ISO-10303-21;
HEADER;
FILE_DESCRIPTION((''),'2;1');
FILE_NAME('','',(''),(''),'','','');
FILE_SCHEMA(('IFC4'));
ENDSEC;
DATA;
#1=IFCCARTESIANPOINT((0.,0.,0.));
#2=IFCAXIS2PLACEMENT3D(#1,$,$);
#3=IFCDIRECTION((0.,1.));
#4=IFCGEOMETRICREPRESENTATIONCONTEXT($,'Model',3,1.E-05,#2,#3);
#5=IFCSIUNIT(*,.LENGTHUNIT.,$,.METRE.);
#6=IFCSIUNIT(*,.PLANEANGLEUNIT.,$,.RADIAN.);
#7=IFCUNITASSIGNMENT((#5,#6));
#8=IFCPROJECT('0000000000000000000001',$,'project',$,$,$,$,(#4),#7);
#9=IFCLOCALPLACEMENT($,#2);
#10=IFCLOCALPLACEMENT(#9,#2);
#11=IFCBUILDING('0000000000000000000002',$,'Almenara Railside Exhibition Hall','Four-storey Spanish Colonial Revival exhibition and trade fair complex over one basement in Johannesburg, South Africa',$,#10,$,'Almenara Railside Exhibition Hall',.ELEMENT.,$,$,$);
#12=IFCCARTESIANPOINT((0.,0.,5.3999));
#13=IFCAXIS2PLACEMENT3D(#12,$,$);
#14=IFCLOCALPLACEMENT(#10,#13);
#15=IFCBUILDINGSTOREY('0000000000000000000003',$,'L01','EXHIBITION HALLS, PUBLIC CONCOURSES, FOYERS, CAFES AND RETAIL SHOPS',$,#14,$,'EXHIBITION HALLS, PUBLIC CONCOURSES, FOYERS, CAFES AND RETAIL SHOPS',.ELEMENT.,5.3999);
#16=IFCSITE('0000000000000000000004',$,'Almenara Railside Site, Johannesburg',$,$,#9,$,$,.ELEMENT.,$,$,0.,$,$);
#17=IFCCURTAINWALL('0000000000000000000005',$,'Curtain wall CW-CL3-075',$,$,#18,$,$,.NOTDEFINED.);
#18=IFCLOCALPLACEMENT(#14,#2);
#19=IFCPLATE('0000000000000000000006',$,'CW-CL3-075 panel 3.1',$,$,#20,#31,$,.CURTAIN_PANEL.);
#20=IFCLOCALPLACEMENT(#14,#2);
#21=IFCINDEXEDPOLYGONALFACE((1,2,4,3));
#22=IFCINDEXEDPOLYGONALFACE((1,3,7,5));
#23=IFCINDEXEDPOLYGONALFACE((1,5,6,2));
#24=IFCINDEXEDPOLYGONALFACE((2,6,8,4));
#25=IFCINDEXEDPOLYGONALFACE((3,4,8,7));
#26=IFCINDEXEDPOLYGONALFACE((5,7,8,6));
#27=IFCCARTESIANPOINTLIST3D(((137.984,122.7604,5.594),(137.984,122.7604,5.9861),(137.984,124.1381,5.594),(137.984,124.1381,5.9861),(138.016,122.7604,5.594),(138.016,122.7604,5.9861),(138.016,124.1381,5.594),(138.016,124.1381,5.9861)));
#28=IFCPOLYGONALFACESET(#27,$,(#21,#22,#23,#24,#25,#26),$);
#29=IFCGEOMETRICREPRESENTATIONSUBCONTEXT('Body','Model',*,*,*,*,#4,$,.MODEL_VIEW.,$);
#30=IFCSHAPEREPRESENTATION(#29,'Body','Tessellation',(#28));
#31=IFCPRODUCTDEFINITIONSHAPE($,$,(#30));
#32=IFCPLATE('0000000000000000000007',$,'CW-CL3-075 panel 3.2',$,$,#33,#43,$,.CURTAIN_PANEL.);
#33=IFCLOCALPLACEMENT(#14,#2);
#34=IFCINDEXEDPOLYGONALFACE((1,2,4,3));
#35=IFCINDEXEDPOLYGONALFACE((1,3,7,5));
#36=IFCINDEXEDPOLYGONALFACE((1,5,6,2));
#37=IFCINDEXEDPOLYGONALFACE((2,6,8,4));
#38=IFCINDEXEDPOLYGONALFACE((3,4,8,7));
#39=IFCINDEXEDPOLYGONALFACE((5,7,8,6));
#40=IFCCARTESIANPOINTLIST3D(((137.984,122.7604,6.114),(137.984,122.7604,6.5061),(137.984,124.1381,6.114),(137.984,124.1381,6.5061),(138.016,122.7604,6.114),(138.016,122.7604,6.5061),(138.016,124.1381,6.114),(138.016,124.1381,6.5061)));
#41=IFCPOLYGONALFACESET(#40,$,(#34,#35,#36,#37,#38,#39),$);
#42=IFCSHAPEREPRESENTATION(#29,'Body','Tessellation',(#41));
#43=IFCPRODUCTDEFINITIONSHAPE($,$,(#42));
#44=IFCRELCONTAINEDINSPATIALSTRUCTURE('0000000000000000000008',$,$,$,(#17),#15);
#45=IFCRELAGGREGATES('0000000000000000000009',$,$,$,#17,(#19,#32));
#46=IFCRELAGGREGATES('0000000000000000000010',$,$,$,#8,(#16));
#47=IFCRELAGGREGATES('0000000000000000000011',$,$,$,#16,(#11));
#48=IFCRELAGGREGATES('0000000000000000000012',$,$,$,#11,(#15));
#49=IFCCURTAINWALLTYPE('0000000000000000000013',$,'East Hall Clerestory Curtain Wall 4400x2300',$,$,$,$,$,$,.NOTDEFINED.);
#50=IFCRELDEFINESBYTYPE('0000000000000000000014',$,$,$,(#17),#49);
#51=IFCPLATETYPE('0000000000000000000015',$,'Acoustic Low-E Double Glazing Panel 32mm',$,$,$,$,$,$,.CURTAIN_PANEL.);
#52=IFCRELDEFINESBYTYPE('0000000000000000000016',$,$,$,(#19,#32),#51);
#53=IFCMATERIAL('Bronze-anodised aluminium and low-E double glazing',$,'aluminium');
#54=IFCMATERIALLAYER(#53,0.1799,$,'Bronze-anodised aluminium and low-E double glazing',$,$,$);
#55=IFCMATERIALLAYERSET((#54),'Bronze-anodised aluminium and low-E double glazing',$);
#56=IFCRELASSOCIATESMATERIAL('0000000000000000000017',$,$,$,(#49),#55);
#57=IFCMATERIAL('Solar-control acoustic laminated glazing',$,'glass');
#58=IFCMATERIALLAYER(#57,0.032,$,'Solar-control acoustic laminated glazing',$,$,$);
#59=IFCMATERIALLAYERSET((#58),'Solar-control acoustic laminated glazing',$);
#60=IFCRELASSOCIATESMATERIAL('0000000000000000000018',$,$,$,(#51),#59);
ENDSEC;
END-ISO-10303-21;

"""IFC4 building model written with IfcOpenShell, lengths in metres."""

from ifc_helpers import new_model, si_unit, direction, frame, origin, origin_2d, place, context, subcontext, project, spatial, rectangle, extrude, material, layer, layer_set, type_object, element, aggregate, save


model = new_model("IFC4")

# Units and contexts
model_context = context("Model", 3, precision=1e-05, world=origin(), true_north=direction((0.0, 1.0)))
body_context = subcontext(model_context, "Body", "Model", "MODEL_VIEW")
ifc_project = project(units=[si_unit("LENGTHUNIT", "METRE"), si_unit("PLANEANGLEUNIT", "RADIAN")], contexts=[model_context])

# Site, building, storey
site_placement = place(None, origin())
site = spatial("IfcSite", under=ifc_project, at=site_placement, Name="Almenara Railside Site, Johannesburg", CompositionType="ELEMENT", RefElevation=0.0)
building_placement = place(site_placement, origin())
building = spatial("IfcBuilding", under=site, at=building_placement, Name="Almenara Railside Exhibition Hall", Description="Four-storey Spanish Colonial Revival exhibition and trade fair complex over one basement in Johannesburg, South Africa", LongName="Almenara Railside Exhibition Hall", CompositionType="ELEMENT")
storey_placement = place(building_placement, frame((0.0, 0.0, 5.3999)))
storey = spatial("IfcBuildingStorey", under=building, at=storey_placement, Name="L01", Description="EXHIBITION HALLS, PUBLIC CONCOURSES, FOYERS, CAFES AND RETAIL SHOPS", LongName="EXHIBITION HALLS, PUBLIC CONCOURSES, FOYERS, CAFES AND RETAIL SHOPS", CompositionType="ELEMENT", Elevation=5.3999)

# Shared definitions
ifc_material_1 = material(Name="Bronze-anodised aluminium and low-E double glazing", Category="aluminium")
ifc_layer_1 = layer(ifc_material_1, 0.1799, Name="Bronze-anodised aluminium and low-E double glazing")
ifc_layer_set_1 = layer_set([ifc_layer_1], Name="Bronze-anodised aluminium and low-E double glazing")
curtain_wall_type = type_object("IfcCurtainWallType", Name="East Hall Clerestory Curtain Wall 4400x2300", PredefinedType="NOTDEFINED", material=ifc_layer_set_1)

# Curtain wall
curtain_wall_1_placement = place(storey_placement, origin())
curtain_wall_1 = element("IfcCurtainWall", 1, at=curtain_wall_1_placement, inside=storey, type_object=curtain_wall_type, Name="Curtain wall CW-CL3-075", PredefinedType="NOTDEFINED")

# Plates
ifc_material_2 = material(Name="Solar-control acoustic laminated glazing", Category="glass")
ifc_layer_2 = layer(ifc_material_2, 0.032, Name="Solar-control acoustic laminated glazing")
ifc_layer_set_2 = layer_set([ifc_layer_2], Name="Solar-control acoustic laminated glazing")
plate_type = type_object("IfcPlateType", Name="Acoustic Low-E Double Glazing Panel 32mm", PredefinedType="CURTAIN_PANEL", material=ifc_layer_set_2)
plate_1_placement = place(storey_placement, frame((138.0, 123.4492, 5.594), z_axis=(0.0, 0.0, 1.0), x_axis=(0.0, 1.0, 0.0)))
plate_1 = element("IfcPlate", 2, at=plate_1_placement, type_object=plate_type, Name="CW-CL3-075 panel 3.1", PredefinedType="CURTAIN_PANEL", context=body_context, shape_type="SweptSolid", body=[
    extrude(rectangle(XDim=1.3777, YDim=0.032, at=origin_2d()), origin(), (0.0, 0.0, 1.0), 0.3921),
])
plate_2_placement = place(storey_placement, frame((138.0, 123.4492, 6.114), z_axis=(0.0, 0.0, 1.0), x_axis=(0.0, 1.0, 0.0)))
plate_2 = element("IfcPlate", 3, at=plate_2_placement, type_object=plate_type, Name="CW-CL3-075 panel 3.2", PredefinedType="CURTAIN_PANEL", context=body_context, shape_type="SweptSolid", body=[
    extrude(rectangle(XDim=1.3777, YDim=0.032, at=origin_2d()), origin(), (0.0, 0.0, 1.0), 0.3921),
])
aggregate(curtain_wall_1, [plate_1, plate_2])

save(model, "model.ifc")
